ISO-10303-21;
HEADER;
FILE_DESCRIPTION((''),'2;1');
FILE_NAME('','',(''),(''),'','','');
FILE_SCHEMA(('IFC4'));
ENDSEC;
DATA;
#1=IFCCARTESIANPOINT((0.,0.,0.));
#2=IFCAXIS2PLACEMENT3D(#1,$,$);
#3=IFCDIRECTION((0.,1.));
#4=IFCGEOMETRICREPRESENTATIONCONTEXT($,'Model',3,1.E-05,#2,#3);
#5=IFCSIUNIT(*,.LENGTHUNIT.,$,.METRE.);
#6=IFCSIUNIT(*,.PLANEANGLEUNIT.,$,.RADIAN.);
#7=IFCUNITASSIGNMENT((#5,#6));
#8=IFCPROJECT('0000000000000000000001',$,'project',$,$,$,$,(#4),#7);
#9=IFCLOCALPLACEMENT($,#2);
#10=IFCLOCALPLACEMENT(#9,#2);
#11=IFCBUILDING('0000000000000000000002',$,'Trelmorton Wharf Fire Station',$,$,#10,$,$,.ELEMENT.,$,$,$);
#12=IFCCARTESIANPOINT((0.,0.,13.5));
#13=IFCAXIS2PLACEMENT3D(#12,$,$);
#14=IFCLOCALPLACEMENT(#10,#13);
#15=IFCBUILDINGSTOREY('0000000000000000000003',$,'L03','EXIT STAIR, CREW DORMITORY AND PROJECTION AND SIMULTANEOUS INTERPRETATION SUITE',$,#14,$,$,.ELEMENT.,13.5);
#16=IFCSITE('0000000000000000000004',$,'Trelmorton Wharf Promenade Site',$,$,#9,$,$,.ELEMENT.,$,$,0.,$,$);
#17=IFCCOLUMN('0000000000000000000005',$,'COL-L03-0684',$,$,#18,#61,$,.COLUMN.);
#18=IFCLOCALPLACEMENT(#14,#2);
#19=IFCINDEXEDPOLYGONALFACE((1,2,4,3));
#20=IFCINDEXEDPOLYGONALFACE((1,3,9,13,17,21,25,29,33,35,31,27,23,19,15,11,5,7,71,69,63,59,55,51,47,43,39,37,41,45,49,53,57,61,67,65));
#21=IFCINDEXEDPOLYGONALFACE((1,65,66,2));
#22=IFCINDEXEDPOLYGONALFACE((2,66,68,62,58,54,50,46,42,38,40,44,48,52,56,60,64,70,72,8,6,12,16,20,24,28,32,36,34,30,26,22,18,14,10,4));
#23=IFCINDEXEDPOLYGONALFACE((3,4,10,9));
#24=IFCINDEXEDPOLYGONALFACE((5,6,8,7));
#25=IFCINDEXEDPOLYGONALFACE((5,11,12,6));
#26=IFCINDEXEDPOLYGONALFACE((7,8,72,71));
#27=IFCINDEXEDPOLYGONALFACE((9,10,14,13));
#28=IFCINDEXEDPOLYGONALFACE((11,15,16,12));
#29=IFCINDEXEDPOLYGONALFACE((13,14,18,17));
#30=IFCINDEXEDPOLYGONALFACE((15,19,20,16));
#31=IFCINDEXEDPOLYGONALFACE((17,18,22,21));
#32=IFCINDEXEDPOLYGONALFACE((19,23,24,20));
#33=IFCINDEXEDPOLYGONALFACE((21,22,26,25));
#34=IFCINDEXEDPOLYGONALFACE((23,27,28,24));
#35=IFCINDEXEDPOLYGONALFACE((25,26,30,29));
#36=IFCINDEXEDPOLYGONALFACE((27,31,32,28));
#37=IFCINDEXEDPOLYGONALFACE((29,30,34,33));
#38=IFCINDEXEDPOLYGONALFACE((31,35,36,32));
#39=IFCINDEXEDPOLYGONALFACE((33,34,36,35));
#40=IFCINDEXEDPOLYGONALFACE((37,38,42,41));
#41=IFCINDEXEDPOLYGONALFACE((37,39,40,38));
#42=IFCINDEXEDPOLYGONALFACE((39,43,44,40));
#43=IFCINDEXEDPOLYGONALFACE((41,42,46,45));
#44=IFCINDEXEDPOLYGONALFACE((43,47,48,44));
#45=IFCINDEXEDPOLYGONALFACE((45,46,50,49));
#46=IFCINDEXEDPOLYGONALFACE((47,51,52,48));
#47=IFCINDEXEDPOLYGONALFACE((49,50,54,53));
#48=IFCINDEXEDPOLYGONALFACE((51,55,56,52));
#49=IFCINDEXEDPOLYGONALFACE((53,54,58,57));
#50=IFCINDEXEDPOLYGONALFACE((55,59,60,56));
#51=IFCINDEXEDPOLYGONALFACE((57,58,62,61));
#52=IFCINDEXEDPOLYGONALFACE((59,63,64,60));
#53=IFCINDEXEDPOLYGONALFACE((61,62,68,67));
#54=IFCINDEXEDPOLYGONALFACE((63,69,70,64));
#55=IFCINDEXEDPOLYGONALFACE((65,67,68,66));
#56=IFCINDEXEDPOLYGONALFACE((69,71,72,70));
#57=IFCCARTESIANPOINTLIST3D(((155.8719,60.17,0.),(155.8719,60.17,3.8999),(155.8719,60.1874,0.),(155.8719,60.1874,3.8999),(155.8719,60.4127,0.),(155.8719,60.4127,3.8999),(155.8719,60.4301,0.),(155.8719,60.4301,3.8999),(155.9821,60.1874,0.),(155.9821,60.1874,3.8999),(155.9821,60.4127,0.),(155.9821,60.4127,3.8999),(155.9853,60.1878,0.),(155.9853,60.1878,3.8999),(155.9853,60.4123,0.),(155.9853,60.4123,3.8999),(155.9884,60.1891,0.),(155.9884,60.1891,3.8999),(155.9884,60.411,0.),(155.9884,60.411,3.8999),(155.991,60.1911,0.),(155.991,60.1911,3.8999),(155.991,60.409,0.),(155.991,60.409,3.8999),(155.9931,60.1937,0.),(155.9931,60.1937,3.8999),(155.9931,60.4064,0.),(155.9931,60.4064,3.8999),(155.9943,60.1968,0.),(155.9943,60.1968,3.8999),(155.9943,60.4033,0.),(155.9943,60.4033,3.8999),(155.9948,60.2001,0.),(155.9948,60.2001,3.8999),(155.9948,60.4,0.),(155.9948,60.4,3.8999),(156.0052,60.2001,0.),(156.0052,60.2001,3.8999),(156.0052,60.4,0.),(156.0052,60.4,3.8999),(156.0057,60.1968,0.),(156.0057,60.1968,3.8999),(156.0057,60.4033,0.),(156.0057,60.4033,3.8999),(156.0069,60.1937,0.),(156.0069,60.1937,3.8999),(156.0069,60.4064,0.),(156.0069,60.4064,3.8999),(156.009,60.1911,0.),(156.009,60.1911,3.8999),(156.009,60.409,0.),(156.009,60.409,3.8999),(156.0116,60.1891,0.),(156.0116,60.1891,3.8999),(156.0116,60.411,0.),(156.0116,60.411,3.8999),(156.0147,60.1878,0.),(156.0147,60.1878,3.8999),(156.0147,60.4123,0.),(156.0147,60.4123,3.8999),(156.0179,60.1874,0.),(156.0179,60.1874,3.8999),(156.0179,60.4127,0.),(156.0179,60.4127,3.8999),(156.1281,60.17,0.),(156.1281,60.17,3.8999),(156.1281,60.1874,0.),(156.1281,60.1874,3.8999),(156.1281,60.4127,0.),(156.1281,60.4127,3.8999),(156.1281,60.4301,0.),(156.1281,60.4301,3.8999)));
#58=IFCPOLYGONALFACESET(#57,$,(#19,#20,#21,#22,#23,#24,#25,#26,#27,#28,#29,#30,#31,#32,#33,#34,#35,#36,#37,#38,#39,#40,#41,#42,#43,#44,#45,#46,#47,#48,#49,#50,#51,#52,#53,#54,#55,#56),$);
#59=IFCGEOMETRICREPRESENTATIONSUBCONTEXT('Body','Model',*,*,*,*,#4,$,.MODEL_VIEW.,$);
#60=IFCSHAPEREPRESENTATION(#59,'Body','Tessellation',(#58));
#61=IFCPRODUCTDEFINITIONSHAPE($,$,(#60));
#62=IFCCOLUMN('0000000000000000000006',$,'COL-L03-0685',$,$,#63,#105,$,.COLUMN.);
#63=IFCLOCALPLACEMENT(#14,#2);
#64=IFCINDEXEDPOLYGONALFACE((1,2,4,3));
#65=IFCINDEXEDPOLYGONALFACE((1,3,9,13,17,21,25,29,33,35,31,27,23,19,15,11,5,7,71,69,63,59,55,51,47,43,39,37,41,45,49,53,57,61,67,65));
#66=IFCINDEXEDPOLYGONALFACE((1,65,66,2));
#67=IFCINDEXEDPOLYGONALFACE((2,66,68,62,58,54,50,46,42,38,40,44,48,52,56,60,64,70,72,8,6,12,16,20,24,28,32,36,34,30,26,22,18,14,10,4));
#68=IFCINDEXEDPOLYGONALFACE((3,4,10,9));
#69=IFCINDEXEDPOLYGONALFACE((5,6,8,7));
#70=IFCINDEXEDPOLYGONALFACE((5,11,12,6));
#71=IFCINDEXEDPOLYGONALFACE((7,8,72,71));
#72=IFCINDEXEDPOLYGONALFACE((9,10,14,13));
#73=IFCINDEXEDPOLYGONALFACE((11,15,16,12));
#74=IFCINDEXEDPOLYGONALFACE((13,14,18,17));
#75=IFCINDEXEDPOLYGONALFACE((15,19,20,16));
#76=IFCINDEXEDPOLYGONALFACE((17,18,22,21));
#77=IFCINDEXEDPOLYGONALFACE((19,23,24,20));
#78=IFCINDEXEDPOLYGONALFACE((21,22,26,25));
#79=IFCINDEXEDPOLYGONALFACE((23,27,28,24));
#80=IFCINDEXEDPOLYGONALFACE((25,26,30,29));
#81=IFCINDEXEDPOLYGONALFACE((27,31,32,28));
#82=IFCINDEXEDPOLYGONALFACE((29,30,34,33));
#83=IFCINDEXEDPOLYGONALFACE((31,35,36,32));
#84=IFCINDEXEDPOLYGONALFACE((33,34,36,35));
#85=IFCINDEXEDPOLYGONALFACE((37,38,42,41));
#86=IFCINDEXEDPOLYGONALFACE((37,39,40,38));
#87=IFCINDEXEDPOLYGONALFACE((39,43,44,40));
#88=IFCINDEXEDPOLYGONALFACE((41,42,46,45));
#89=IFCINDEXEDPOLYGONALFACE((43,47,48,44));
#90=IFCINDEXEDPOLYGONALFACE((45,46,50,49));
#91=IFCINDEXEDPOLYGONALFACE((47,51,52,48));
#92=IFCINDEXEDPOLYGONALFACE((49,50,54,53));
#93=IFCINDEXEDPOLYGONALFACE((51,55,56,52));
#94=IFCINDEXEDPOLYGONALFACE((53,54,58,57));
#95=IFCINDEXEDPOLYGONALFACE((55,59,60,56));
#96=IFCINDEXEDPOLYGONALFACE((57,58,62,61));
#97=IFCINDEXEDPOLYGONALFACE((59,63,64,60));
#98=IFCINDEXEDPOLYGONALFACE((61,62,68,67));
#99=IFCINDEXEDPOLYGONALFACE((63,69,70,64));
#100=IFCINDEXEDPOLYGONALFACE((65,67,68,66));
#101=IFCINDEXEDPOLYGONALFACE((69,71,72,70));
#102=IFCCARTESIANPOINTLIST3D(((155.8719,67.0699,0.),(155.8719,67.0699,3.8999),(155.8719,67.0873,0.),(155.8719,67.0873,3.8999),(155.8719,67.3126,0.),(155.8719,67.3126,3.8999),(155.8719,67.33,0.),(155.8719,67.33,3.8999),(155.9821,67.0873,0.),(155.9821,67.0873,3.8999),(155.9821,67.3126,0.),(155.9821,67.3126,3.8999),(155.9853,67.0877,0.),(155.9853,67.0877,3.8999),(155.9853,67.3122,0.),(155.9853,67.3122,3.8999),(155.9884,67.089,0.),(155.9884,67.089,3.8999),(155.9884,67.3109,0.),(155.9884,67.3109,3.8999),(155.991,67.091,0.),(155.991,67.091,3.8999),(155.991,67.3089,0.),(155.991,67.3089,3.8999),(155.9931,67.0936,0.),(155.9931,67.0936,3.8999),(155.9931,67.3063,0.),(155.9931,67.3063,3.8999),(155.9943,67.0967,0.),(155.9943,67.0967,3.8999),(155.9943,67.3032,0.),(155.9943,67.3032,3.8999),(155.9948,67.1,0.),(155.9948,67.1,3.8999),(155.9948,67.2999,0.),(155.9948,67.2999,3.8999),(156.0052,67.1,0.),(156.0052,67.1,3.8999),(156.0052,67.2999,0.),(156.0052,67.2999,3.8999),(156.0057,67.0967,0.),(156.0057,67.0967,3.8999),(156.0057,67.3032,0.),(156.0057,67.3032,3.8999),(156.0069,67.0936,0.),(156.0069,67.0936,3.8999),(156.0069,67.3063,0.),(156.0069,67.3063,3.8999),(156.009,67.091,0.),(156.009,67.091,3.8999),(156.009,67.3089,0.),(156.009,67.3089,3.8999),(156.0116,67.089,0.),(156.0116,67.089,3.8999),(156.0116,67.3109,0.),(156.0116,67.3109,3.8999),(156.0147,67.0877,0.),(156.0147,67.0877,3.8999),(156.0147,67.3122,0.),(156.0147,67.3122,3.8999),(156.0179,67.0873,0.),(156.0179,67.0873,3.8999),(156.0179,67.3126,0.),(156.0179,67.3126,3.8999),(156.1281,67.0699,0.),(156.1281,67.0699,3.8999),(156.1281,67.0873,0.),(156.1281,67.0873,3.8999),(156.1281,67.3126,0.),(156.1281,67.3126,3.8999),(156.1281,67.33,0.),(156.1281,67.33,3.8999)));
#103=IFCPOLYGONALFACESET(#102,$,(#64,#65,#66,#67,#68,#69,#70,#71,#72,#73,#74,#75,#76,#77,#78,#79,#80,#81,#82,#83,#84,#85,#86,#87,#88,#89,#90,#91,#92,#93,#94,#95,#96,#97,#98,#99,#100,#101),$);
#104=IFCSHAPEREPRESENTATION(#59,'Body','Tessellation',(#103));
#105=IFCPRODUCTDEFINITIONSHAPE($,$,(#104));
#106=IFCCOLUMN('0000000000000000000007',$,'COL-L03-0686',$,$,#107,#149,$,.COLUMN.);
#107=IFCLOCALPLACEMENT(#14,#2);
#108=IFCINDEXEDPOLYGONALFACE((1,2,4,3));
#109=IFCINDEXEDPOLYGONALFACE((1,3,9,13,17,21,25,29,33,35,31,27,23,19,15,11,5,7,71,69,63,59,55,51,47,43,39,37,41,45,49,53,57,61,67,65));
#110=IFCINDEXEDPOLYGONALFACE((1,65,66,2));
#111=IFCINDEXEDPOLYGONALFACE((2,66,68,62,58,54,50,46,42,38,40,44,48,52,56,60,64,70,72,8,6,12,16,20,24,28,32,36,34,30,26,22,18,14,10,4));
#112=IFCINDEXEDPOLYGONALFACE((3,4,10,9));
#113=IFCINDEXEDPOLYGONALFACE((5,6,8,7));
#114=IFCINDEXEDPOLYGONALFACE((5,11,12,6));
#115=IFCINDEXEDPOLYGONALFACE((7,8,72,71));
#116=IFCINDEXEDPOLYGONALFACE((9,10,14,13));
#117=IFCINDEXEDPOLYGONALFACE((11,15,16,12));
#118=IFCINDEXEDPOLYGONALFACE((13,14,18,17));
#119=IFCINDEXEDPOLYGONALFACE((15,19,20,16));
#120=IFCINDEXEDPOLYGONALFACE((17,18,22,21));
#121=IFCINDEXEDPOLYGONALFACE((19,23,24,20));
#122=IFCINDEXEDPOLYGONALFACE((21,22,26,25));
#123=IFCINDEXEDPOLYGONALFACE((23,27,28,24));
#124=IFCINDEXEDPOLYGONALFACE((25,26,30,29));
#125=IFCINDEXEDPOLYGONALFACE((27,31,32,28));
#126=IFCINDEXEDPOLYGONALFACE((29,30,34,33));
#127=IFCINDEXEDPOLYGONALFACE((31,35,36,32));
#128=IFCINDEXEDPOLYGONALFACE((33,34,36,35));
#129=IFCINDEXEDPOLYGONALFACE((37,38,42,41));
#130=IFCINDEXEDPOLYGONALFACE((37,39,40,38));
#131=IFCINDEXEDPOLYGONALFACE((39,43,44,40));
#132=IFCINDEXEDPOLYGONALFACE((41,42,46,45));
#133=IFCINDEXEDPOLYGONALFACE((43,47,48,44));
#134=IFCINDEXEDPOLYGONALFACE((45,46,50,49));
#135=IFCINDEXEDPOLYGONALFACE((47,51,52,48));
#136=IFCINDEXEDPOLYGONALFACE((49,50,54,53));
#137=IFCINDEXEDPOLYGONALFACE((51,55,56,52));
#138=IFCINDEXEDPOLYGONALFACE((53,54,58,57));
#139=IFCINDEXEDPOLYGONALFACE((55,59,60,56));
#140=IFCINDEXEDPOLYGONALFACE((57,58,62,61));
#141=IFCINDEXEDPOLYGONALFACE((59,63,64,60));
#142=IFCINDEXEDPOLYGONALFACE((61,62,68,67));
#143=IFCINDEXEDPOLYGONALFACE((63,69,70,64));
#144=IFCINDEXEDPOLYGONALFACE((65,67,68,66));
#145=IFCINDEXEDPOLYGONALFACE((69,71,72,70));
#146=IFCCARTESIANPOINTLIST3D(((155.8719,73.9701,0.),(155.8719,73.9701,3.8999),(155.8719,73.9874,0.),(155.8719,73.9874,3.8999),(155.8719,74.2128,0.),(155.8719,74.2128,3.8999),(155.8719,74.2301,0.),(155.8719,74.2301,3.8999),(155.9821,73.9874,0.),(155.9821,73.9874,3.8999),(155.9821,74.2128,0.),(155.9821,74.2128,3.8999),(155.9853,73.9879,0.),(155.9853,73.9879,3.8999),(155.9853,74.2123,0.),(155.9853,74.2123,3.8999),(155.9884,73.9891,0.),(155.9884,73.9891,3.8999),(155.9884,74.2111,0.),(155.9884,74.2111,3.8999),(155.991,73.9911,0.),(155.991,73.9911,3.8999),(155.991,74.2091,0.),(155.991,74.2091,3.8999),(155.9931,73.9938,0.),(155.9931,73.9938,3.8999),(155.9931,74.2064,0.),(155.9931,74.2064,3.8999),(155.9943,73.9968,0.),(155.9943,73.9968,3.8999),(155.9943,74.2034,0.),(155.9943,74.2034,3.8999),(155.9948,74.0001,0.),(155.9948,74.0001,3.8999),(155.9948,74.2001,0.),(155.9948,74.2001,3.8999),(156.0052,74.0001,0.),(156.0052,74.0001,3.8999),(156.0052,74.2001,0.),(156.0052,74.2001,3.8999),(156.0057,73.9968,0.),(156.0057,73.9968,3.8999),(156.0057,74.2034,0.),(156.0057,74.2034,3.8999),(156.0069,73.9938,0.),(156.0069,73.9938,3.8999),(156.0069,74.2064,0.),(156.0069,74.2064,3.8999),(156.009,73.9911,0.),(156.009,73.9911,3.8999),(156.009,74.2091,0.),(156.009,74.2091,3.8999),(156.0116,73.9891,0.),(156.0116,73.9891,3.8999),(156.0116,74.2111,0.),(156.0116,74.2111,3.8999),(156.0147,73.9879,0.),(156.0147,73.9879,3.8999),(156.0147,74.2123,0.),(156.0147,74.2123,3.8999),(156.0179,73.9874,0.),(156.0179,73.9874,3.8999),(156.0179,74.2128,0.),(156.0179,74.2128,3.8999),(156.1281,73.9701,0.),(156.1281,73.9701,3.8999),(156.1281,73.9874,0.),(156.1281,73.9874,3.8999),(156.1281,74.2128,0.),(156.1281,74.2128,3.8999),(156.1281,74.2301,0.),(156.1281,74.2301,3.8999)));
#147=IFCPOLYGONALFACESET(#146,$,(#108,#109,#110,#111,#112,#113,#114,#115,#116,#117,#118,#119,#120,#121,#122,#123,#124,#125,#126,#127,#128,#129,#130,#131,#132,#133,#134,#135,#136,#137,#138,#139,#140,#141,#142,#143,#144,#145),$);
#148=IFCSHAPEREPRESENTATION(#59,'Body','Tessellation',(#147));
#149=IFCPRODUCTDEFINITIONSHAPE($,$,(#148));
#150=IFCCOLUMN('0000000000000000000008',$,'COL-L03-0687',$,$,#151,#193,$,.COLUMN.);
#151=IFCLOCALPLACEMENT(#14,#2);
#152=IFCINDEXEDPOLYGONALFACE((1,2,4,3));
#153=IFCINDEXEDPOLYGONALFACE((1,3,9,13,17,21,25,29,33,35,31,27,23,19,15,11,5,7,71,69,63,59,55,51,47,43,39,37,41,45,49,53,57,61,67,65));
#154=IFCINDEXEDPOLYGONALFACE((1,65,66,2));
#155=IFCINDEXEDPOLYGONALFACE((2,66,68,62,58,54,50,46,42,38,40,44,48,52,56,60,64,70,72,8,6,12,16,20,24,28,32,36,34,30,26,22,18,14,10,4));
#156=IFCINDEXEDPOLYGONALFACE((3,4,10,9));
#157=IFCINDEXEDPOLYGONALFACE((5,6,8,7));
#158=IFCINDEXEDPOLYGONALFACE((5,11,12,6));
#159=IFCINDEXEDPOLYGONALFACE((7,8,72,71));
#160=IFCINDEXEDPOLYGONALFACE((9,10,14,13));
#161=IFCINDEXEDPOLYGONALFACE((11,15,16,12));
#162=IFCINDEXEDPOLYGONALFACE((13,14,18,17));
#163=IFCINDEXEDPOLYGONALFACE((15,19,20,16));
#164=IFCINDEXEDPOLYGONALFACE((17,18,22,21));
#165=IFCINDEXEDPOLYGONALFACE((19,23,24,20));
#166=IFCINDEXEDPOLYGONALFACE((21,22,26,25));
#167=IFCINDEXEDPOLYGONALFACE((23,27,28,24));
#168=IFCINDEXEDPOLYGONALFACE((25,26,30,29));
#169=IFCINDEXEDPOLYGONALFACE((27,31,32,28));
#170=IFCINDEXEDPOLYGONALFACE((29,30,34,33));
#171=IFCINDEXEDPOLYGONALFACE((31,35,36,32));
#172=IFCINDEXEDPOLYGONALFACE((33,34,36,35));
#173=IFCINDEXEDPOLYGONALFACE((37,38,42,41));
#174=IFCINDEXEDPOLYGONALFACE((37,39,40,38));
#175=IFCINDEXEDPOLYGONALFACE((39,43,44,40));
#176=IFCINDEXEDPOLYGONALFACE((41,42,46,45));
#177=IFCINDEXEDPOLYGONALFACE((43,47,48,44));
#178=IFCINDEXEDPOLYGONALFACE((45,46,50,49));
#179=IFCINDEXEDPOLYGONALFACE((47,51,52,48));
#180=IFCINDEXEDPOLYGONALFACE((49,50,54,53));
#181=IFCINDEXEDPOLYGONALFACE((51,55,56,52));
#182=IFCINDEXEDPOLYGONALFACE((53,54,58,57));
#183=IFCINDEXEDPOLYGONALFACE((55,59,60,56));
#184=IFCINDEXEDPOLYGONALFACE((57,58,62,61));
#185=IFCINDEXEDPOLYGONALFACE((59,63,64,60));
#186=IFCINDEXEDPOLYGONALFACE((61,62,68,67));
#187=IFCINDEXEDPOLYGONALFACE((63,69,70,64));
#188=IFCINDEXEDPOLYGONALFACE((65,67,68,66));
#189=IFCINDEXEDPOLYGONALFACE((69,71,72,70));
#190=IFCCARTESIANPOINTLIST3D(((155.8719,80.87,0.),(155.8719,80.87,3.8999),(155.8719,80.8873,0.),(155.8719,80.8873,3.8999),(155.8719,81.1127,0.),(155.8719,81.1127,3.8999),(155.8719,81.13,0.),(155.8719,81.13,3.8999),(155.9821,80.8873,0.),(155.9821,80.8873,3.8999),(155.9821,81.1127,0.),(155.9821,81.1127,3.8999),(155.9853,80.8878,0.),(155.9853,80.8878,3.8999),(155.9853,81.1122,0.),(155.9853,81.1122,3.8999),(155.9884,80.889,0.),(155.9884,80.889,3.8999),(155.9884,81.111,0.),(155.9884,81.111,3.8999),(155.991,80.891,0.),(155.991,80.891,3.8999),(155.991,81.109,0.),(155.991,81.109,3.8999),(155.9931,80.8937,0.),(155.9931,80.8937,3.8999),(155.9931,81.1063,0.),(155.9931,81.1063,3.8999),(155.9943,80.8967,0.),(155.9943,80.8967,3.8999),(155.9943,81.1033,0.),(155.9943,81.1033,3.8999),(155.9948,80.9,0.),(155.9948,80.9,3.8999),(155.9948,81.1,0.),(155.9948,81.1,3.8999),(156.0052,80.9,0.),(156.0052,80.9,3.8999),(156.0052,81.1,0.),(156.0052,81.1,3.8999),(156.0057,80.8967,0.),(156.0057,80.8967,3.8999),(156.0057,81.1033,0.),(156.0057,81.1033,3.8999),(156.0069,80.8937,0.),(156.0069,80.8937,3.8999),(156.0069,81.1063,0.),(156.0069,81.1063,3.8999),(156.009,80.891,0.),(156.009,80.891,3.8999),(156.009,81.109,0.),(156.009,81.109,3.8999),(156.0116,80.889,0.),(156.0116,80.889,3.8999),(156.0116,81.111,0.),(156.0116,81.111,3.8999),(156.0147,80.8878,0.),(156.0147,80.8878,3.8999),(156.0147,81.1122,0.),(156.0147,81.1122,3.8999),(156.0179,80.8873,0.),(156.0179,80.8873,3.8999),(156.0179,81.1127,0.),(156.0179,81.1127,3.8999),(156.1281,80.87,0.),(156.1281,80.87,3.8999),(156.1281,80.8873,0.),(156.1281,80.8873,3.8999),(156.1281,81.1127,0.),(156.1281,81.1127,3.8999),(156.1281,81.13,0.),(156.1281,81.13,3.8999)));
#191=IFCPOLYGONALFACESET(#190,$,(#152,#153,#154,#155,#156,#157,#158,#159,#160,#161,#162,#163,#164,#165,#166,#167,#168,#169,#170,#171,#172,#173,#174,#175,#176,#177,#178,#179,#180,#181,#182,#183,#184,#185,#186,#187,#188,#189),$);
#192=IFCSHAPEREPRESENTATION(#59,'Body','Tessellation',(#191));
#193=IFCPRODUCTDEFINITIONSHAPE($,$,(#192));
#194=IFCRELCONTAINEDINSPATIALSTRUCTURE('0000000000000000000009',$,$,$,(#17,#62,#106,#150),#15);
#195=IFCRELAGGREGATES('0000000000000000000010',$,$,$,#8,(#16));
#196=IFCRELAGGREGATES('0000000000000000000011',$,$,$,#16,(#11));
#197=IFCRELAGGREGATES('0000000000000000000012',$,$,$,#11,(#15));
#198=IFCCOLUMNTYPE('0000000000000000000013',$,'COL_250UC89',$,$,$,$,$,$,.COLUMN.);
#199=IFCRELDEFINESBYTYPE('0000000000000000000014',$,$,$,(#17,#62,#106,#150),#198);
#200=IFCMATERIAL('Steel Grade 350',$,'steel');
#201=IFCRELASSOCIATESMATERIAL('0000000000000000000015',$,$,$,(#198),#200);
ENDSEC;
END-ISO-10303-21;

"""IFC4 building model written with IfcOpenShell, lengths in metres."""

from ifc_helpers import new_model, si_unit, direction, frame, origin, origin_2d, place, context, subcontext, project, spatial, i_section, extrude, material, material_profile, profile_set, type_object, element, save


model = new_model("IFC4")

# Units and contexts
model_context = context("Model", 3, precision=1e-05, world=origin(), true_north=direction((0.0, 1.0)))
body_context = subcontext(model_context, "Body", "Model", "MODEL_VIEW")
ifc_project = project(units=[si_unit("LENGTHUNIT", "METRE"), si_unit("PLANEANGLEUNIT", "RADIAN")], contexts=[model_context])

# Site, building, storey
site_placement = place(None, origin())
site = spatial("IfcSite", under=ifc_project, at=site_placement, Name="Trelmorton Wharf Promenade Site", CompositionType="ELEMENT", RefElevation=0.0)
building_placement = place(site_placement, origin())
building = spatial("IfcBuilding", under=site, at=building_placement, Name="Trelmorton Wharf Fire Station", CompositionType="ELEMENT")
storey_placement = place(building_placement, frame((0.0, 0.0, 13.5)))
storey = spatial("IfcBuildingStorey", under=building, at=storey_placement, Name="L03", Description="EXIT STAIR, CREW DORMITORY AND PROJECTION AND SIMULTANEOUS INTERPRETATION SUITE", CompositionType="ELEMENT", Elevation=13.5)

# Columns
ifc_material_1 = material(Name="Steel Grade 350", Category="steel")
ifc_material_profile_1 = material_profile(ifc_material_1, i_section(OverallWidth=0.2561, OverallDepth=0.26, WebThickness=0.0105, FlangeThickness=0.0173, FilletRadius=0.0127, at=origin_2d()), Name="250UC89.5")
ifc_profile_set_1 = profile_set([ifc_material_profile_1], Name="Steel Grade 350")
column_type = type_object("IfcColumnType", Name="COL_250UC89", PredefinedType="COLUMN", material=ifc_profile_set_1)
for number, where, z_axis, x_axis, name in (
    (1, (156.0, 60.3, 0.0), (0.0, 0.0, 1.0), (1.0, 0.0, 0.0), "COL-L03-0684"),
    (2, (156.0, 67.2, 0.0), (0.0, 0.0, 1.0), (1.0, 0.0, 0.0), "COL-L03-0685"),
    (3, (156.0, 74.1001, 0.0), (0.0, 0.0, 1.0), (1.0, 0.0, 0.0), "COL-L03-0686"),
    (4, (156.0, 81.0, 0.0), (0.0, 0.0, 1.0), (1.0, 0.0, 0.0), "COL-L03-0687"),
):
    element("IfcColumn", number, at=place(storey_placement, frame(where, z_axis=z_axis, x_axis=x_axis)), inside=storey, type_object=column_type, Name=name, PredefinedType="COLUMN", context=body_context, shape_type="SweptSolid", body=[
        extrude(i_section(OverallWidth=0.2561, OverallDepth=0.26, WebThickness=0.0105, FlangeThickness=0.0173, FilletRadius=0.0127, at=origin_2d()), origin(), (0.0, 0.0, 1.0), 3.8999),
    ])

save(model, "model.ifc")
